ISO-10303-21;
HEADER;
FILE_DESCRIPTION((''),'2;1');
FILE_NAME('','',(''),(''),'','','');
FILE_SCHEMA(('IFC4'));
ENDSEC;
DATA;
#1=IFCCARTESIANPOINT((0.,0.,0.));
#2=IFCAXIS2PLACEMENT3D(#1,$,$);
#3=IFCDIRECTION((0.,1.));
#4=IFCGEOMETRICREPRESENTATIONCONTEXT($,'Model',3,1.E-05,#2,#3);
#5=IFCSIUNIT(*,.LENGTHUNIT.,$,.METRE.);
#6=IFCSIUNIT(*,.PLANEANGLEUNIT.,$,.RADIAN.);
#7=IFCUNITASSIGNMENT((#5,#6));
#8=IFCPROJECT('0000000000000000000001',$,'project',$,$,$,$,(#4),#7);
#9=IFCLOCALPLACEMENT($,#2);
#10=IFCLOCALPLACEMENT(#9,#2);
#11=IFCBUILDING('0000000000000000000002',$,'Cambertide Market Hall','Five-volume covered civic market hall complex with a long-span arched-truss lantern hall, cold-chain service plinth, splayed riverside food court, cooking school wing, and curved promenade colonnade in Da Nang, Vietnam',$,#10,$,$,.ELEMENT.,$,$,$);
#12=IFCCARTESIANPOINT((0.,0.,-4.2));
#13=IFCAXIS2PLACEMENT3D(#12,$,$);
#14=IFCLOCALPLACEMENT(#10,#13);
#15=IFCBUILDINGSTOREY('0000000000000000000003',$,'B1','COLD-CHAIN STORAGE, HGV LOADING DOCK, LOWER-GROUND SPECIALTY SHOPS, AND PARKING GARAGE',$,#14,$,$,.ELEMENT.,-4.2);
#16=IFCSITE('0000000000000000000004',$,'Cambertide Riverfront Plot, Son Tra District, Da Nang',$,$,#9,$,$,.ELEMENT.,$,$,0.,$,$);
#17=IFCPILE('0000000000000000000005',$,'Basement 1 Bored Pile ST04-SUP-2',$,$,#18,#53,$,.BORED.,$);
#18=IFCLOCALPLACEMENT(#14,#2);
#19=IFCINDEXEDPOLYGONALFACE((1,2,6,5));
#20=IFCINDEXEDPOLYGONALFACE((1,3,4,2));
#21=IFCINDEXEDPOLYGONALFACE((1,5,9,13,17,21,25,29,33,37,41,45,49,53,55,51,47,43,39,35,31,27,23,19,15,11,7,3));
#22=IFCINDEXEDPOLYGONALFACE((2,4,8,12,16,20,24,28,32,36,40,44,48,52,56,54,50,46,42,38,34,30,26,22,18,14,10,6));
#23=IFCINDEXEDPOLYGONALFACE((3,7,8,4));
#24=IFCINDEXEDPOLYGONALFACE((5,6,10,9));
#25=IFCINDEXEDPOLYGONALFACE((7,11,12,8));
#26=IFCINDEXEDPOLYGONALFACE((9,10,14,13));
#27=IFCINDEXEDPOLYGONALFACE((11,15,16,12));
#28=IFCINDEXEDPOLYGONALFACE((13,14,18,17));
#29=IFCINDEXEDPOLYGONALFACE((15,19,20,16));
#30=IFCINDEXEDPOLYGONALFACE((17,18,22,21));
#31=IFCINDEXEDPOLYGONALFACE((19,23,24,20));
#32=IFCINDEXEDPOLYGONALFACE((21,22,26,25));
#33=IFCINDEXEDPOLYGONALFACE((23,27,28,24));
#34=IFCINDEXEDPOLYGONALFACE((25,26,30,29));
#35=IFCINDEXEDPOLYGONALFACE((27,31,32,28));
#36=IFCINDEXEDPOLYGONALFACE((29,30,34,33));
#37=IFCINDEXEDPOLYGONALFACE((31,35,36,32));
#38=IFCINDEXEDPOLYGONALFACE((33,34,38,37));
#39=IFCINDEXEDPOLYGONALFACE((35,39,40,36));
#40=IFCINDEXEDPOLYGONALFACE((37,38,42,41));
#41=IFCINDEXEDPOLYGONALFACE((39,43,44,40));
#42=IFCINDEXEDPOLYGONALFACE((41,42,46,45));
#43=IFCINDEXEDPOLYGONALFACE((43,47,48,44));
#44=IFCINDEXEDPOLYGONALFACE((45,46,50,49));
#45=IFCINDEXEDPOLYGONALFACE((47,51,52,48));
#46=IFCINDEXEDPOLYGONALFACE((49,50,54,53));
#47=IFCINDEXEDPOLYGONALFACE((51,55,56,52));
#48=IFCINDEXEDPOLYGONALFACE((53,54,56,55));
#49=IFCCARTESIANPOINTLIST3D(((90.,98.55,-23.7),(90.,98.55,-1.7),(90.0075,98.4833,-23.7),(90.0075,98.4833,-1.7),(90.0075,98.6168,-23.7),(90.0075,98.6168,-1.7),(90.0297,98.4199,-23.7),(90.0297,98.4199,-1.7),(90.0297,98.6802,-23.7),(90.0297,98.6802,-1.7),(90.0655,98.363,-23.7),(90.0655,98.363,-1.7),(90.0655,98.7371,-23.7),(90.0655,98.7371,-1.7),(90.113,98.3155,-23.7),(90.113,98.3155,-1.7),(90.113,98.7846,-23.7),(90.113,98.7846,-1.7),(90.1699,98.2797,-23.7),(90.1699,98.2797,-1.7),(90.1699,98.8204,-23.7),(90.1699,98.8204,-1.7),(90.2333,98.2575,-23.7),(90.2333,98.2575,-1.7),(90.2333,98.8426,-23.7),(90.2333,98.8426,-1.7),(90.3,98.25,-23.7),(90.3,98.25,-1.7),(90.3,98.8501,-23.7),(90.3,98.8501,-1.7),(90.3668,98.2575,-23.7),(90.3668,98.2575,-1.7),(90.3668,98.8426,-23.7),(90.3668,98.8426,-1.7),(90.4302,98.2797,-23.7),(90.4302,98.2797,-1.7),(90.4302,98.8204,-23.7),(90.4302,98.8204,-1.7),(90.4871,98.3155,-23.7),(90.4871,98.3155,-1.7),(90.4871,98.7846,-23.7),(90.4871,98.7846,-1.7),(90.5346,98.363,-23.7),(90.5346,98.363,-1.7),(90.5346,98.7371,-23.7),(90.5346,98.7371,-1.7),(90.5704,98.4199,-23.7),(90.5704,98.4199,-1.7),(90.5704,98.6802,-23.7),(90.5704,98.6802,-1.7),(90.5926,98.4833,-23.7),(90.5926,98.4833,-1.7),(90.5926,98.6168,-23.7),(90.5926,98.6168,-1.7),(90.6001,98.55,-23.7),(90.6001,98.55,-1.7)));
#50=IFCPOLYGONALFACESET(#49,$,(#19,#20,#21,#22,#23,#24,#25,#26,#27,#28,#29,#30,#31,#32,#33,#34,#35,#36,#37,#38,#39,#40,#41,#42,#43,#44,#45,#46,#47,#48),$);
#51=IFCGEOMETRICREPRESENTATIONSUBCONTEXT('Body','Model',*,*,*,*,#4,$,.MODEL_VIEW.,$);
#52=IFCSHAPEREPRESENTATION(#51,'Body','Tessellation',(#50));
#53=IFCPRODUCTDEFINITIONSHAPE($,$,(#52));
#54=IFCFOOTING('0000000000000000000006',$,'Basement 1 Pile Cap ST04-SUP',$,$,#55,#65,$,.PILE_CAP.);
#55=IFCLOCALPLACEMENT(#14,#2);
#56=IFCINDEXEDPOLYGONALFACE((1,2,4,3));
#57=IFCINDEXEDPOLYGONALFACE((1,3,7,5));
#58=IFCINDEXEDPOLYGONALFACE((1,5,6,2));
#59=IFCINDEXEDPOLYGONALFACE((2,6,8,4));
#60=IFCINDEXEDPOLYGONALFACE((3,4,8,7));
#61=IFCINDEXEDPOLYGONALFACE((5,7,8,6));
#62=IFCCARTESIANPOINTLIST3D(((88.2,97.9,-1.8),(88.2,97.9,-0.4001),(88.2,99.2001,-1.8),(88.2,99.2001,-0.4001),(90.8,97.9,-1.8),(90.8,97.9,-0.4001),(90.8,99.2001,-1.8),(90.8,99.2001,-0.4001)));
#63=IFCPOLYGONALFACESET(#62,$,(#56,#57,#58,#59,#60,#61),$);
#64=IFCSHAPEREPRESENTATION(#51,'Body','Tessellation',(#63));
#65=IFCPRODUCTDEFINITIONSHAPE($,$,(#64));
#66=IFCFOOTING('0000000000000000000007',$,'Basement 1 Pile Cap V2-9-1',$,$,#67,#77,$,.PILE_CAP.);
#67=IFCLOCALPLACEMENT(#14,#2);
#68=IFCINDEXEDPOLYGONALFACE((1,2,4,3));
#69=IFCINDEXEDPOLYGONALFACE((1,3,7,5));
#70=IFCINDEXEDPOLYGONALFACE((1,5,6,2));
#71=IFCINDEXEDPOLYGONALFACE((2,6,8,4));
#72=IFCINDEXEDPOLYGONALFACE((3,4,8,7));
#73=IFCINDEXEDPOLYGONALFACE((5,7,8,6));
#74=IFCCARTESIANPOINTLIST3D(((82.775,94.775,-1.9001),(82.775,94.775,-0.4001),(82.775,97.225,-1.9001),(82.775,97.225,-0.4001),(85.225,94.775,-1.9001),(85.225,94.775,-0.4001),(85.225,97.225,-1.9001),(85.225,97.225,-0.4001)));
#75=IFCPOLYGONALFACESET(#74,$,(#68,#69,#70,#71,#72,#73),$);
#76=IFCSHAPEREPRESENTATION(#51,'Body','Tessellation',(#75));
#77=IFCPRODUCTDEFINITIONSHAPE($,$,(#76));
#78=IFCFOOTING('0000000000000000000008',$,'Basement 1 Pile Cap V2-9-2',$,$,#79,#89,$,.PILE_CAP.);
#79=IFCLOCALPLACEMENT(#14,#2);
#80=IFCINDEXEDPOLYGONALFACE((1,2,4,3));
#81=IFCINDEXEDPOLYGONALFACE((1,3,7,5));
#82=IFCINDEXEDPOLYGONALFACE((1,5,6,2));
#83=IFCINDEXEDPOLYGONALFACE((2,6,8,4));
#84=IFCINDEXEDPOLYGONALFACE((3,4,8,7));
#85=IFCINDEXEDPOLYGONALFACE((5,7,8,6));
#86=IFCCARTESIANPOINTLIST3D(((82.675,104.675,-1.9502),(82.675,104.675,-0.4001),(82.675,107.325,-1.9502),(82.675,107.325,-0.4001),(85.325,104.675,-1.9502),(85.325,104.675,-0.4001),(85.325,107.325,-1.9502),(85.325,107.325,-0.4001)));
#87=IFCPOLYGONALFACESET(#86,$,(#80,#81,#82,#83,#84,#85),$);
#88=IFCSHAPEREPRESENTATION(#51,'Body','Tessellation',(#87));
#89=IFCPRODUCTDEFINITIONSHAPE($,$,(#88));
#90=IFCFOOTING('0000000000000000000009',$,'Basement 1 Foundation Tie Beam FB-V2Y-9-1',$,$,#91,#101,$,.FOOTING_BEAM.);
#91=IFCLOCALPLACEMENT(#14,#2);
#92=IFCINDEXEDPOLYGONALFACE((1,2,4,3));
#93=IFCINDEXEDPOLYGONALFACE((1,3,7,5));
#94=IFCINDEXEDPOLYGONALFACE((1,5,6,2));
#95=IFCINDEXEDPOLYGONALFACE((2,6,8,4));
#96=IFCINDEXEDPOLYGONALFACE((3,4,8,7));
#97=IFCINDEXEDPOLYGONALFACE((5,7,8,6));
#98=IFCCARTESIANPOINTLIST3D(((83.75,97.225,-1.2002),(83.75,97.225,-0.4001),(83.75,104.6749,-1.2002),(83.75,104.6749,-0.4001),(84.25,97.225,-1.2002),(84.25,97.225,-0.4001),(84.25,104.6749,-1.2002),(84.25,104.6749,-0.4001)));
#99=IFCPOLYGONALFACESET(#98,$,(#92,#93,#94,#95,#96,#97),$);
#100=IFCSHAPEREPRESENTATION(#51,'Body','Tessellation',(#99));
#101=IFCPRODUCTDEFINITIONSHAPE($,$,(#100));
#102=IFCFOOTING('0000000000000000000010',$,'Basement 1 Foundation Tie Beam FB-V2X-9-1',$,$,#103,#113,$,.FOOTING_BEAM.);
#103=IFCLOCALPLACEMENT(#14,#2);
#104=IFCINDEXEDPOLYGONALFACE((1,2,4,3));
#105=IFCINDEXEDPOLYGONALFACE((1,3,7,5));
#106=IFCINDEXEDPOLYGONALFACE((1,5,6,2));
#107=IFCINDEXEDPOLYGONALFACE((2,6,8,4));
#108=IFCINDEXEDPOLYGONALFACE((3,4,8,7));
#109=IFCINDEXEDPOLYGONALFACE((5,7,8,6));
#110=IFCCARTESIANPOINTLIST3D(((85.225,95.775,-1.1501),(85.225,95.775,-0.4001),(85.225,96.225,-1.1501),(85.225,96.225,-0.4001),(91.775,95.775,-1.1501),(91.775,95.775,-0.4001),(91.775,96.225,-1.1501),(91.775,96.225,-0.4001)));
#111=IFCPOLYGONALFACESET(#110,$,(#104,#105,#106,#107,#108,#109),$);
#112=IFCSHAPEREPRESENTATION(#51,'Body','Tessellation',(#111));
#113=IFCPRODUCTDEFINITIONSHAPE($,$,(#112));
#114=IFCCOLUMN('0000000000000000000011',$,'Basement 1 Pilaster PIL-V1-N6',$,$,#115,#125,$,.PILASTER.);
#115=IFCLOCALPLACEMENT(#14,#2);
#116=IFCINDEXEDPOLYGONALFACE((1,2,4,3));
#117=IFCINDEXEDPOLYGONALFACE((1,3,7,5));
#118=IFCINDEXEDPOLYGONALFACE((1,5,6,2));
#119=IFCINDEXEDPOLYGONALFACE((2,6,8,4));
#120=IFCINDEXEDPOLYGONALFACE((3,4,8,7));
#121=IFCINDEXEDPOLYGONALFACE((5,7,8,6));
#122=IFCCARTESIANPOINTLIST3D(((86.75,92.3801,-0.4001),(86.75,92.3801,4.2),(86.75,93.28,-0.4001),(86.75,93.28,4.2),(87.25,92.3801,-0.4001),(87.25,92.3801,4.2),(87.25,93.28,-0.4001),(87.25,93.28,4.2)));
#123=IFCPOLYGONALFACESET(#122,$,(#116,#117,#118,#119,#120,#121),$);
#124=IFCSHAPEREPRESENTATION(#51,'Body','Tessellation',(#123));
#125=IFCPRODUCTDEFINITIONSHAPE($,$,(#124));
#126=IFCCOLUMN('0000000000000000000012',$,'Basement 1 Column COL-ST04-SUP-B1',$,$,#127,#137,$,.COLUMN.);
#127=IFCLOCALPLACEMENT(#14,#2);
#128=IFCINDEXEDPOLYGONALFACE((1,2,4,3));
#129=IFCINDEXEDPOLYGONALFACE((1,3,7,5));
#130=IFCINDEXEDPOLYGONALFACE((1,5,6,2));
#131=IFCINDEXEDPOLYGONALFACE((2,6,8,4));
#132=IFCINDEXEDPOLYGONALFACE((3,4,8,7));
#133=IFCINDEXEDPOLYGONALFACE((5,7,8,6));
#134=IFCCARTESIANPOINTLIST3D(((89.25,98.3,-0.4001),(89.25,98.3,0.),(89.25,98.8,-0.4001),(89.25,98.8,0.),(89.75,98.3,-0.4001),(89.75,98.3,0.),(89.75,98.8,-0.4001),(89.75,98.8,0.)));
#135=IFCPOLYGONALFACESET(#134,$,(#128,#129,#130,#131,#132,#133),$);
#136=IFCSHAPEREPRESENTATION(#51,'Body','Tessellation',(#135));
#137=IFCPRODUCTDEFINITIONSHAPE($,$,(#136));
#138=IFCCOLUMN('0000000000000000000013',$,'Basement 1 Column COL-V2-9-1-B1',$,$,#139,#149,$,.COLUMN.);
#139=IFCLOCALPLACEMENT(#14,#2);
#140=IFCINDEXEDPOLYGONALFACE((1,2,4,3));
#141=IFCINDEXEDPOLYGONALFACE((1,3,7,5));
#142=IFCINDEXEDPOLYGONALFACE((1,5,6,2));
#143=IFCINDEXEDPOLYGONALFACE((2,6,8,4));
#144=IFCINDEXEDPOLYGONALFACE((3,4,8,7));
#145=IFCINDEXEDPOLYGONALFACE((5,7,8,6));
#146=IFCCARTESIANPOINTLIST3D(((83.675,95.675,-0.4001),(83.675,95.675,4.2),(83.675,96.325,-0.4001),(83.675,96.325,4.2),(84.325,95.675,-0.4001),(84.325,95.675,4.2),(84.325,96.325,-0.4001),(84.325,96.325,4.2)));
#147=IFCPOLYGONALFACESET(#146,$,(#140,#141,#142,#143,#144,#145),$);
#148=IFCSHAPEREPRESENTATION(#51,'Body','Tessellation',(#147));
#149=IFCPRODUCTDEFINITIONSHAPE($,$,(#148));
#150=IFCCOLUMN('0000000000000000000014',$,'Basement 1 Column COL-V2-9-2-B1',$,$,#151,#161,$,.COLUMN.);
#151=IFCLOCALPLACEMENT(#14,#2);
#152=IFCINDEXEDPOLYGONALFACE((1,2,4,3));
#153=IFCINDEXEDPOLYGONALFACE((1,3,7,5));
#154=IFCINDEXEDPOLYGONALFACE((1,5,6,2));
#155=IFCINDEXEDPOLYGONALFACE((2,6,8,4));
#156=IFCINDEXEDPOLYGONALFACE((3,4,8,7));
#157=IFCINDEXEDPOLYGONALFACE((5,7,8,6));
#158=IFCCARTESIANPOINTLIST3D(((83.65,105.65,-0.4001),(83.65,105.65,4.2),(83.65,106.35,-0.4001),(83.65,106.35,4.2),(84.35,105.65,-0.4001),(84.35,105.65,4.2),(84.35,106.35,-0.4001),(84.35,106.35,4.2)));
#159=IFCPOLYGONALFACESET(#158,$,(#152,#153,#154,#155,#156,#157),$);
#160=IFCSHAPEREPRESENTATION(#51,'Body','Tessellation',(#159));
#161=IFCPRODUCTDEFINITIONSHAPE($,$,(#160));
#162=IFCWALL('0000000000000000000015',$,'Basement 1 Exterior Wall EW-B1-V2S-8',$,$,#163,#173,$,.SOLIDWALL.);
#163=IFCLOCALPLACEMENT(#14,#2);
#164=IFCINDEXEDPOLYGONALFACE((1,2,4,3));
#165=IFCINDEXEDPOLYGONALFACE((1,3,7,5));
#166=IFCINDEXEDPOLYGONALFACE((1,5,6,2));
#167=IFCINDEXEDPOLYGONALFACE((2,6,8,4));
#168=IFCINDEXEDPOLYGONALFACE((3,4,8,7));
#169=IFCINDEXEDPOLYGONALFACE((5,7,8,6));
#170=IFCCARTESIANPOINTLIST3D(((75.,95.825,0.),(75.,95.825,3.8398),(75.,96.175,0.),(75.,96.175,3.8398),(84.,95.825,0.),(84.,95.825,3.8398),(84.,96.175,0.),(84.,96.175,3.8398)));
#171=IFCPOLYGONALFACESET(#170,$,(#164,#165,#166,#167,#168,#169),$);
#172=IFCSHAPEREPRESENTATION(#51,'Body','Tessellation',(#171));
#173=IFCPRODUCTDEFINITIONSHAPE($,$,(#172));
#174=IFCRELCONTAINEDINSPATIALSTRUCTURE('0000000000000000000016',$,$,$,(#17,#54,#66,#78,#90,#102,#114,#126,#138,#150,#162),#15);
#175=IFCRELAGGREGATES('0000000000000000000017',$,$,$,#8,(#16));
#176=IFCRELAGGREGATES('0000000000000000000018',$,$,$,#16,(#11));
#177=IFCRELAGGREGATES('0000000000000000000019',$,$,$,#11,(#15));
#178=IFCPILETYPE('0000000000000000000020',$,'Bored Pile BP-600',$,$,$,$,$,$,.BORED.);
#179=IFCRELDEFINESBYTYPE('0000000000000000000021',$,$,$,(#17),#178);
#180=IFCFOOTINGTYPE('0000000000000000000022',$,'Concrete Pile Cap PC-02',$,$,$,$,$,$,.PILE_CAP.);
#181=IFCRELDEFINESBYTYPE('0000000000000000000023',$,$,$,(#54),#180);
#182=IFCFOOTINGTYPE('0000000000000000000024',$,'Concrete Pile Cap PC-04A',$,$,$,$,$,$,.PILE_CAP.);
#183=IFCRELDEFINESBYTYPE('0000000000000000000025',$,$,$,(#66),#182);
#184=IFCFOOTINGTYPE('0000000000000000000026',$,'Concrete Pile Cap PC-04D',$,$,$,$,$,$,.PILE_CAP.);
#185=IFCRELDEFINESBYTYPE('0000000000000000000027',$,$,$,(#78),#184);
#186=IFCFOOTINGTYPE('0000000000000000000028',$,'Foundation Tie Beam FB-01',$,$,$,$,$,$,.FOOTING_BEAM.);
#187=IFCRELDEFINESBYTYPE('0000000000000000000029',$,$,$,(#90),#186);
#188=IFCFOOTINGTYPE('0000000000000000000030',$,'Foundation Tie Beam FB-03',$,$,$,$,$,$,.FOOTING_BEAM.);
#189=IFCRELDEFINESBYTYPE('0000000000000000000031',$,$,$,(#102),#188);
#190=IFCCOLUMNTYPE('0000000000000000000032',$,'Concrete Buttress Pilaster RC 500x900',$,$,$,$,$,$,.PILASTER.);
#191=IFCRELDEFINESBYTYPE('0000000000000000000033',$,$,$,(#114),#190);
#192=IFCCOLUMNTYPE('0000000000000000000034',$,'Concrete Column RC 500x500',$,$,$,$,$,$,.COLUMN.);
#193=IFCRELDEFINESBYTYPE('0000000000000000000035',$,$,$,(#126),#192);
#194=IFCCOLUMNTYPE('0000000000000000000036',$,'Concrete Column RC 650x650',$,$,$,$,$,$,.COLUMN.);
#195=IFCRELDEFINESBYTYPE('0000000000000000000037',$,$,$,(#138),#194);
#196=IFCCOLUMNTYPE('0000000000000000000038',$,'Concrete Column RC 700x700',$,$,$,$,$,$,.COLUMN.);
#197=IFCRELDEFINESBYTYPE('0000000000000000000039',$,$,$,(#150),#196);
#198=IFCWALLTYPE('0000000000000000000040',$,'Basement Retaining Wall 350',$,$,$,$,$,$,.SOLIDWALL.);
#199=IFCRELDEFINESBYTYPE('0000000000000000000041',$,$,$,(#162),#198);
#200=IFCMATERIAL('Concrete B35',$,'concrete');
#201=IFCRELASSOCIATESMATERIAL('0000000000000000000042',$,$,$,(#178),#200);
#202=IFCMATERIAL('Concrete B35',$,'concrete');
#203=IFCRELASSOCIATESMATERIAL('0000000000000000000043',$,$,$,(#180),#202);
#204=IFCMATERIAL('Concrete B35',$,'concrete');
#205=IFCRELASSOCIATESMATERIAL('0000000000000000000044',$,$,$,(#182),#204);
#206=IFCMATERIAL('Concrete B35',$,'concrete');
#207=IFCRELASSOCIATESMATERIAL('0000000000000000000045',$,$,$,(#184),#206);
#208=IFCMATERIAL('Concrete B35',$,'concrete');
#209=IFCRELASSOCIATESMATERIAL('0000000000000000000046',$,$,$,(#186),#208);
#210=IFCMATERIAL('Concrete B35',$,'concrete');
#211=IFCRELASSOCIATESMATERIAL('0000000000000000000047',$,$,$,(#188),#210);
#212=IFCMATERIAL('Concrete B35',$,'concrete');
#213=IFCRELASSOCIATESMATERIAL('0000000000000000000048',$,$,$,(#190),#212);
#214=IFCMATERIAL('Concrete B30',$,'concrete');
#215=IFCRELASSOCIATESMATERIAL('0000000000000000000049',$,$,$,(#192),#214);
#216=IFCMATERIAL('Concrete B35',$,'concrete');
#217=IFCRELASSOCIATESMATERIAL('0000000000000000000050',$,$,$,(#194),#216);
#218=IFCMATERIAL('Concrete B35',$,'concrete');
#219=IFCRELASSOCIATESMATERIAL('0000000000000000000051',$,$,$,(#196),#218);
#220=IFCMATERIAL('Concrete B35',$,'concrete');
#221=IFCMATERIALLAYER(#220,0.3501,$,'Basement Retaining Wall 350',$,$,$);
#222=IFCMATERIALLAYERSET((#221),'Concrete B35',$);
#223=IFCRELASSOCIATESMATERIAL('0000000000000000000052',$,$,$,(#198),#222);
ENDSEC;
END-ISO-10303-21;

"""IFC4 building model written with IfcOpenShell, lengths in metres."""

from ifc_helpers import new_model, si_unit, direction, frame, frame_2d, origin, origin_2d, place, context, subcontext, project, spatial, rectangle, circle, extrude, material, layer, layer_set, material_profile, profile_set, type_object, element, save


model = new_model("IFC4")

# Units and contexts
model_context = context("Model", 3, precision=1e-05, world=origin(), true_north=direction((0.0, 1.0)))
body_context = subcontext(model_context, "Body", "Model", "MODEL_VIEW")
ifc_project = project(units=[si_unit("LENGTHUNIT", "METRE"), si_unit("PLANEANGLEUNIT", "RADIAN")], contexts=[model_context])

# Site, building, storey
site_placement = place(None, origin())
site = spatial("IfcSite", under=ifc_project, at=site_placement, Name="Cambertide Riverfront Plot, Son Tra District, Da Nang", CompositionType="ELEMENT", RefElevation=0.0)
building_placement = place(site_placement, origin())
building = spatial("IfcBuilding", under=site, at=building_placement, Name="Cambertide Market Hall", Description="Five-volume covered civic market hall complex with a long-span arched-truss lantern hall, cold-chain service plinth, splayed riverside food court, cooking school wing, and curved promenade colonnade in Da Nang, Vietnam", CompositionType="ELEMENT")
storey_placement = place(building_placement, frame((0.0, 0.0, -4.2)))
storey = spatial("IfcBuildingStorey", under=building, at=storey_placement, Name="B1", Description="COLD-CHAIN STORAGE, HGV LOADING DOCK, LOWER-GROUND SPECIALTY SHOPS, AND PARKING GARAGE", CompositionType="ELEMENT", Elevation=-4.2)

# Pile
ifc_material_1 = material(Name="Concrete B35", Category="concrete")
ifc_material_profile_1 = material_profile(ifc_material_1, circle(Radius=0.3, at=origin_2d()), Name="BP D600")
ifc_profile_set_1 = profile_set([ifc_material_profile_1], Name="Concrete B35")
pile_type = type_object("IfcPileType", Name="Bored Pile BP-600", PredefinedType="BORED", material=ifc_profile_set_1)
for number, where, z_axis, x_axis, name in (
    (1, (90.3, 98.55, -1.7), (0.0, 0.0, -1.0), (1.0, 0.0, 0.0), "Basement 1 Bored Pile ST04-SUP-2"),
):
    element("IfcPile", number, at=place(storey_placement, frame(where, z_axis=z_axis, x_axis=x_axis)), inside=storey, type_object=pile_type, Name=name, PredefinedType="BORED", context=body_context, shape_type="SweptSolid", body=[
        extrude(circle(Radius=0.3, at=origin_2d()), origin(), (0.0, 0.0, 1.0), 22.0),
    ])

# Footings
ifc_material_2 = material(Name="Concrete B35", Category="concrete")
footing_type_1 = type_object("IfcFootingType", Name="Concrete Pile Cap PC-02", PredefinedType="PILE_CAP", material=ifc_material_2)
footing_1_placement = place(storey_placement, frame((89.5, 98.55, -1.8), z_axis=(0.0, 0.0, 1.0), x_axis=(1.0, 0.0, 0.0)))
element("IfcFooting", 2, at=footing_1_placement, inside=storey, type_object=footing_type_1, Name="Basement 1 Pile Cap ST04-SUP", PredefinedType="PILE_CAP", context=body_context, shape_type="SweptSolid", body=[
    extrude(rectangle(XDim=2.6001, YDim=1.3, at=origin_2d()), origin(), (0.0, 0.0, 1.0), 1.3999),
])
ifc_material_3 = material(Name="Concrete B35", Category="concrete")
footing_type_2 = type_object("IfcFootingType", Name="Concrete Pile Cap PC-04A", PredefinedType="PILE_CAP", material=ifc_material_3)
footing_2_placement = place(storey_placement, frame((84.0, 96.0, -1.9001), z_axis=(0.0, 0.0, 1.0), x_axis=(1.0, 0.0, 0.0)))
element("IfcFooting", 3, at=footing_2_placement, inside=storey, type_object=footing_type_2, Name="Basement 1 Pile Cap V2-9-1", PredefinedType="PILE_CAP", context=body_context, shape_type="SweptSolid", body=[
    extrude(rectangle(XDim=2.45, YDim=2.45, at=origin_2d()), origin(), (0.0, 0.0, 1.0), 1.5),
])
ifc_material_4 = material(Name="Concrete B35", Category="concrete")
footing_type_3 = type_object("IfcFootingType", Name="Concrete Pile Cap PC-04D", PredefinedType="PILE_CAP", material=ifc_material_4)
footing_3_placement = place(storey_placement, frame((84.0, 106.0, -1.9502), z_axis=(0.0, 0.0, 1.0), x_axis=(1.0, 0.0, 0.0)))
element("IfcFooting", 4, at=footing_3_placement, inside=storey, type_object=footing_type_3, Name="Basement 1 Pile Cap V2-9-2", PredefinedType="PILE_CAP", context=body_context, shape_type="SweptSolid", body=[
    extrude(rectangle(XDim=2.6499, YDim=2.6499, at=origin_2d()), origin(), (0.0, 0.0, 1.0), 1.55),
])
ifc_material_5 = material(Name="Concrete B35", Category="concrete")
footing_type_4 = type_object("IfcFootingType", Name="Foundation Tie Beam FB-01", PredefinedType="FOOTING_BEAM", material=ifc_material_5)
footing_4_placement = place(storey_placement, frame((84.0, 100.95, -1.2002), z_axis=(0.0, 0.0, 1.0), x_axis=(0.0, 1.0, 0.0)))
element("IfcFooting", 5, at=footing_4_placement, inside=storey, type_object=footing_type_4, Name="Basement 1 Foundation Tie Beam FB-V2Y-9-1", PredefinedType="FOOTING_BEAM", context=body_context, shape_type="SweptSolid", body=[
    extrude(rectangle(XDim=7.45, YDim=0.5, at=origin_2d()), origin(), (0.0, 0.0, 1.0), 0.8),
])
ifc_material_6 = material(Name="Concrete B35", Category="concrete")
footing_type_5 = type_object("IfcFootingType", Name="Foundation Tie Beam FB-03", PredefinedType="FOOTING_BEAM", material=ifc_material_6)
footing_5_placement = place(storey_placement, frame((88.5, 96.0, -1.1501), z_axis=(0.0, 0.0, 1.0), x_axis=(1.0, 0.0, 0.0)))
element("IfcFooting", 6, at=footing_5_placement, inside=storey, type_object=footing_type_5, Name="Basement 1 Foundation Tie Beam FB-V2X-9-1", PredefinedType="FOOTING_BEAM", context=body_context, shape_type="SweptSolid", body=[
    extrude(rectangle(XDim=6.55, YDim=0.45, at=origin_2d()), origin(), (0.0, 0.0, 1.0), 0.75),
])

# Columns
ifc_material_7 = material(Name="Concrete B35", Category="concrete")
ifc_material_profile_2 = material_profile(ifc_material_7, rectangle(XDim=0.5, YDim=0.8999, at=origin_2d()), Name="RC 500x900")
ifc_profile_set_2 = profile_set([ifc_material_profile_2], Name="Concrete B35")
column_type_1 = type_object("IfcColumnType", Name="Concrete Buttress Pilaster RC 500x900", PredefinedType="PILASTER", material=ifc_profile_set_2)
column_1_placement = place(storey_placement, frame((87.0, 92.8301, -0.4001), z_axis=(0.0, 0.0, 1.0), x_axis=(1.0, 0.0, 0.0)))
element("IfcColumn", 7, at=column_1_placement, inside=storey, type_object=column_type_1, Name="Basement 1 Pilaster PIL-V1-N6", PredefinedType="PILASTER", context=body_context, shape_type="SweptSolid", body=[
    extrude(rectangle(XDim=0.5, YDim=0.8999, at=origin_2d()), origin(), (0.0, 0.0, 1.0), 4.6001),
])
ifc_material_8 = material(Name="Concrete B30", Category="concrete")
ifc_material_profile_3 = material_profile(ifc_material_8, rectangle(XDim=0.5, YDim=0.5, at=origin_2d()), Name="RC 500x500")
ifc_profile_set_3 = profile_set([ifc_material_profile_3], Name="Concrete B30")
column_type_2 = type_object("IfcColumnType", Name="Concrete Column RC 500x500", PredefinedType="COLUMN", material=ifc_profile_set_3)
column_2_placement = place(storey_placement, frame((89.5, 98.55, -0.4001), z_axis=(0.0, 0.0, 1.0), x_axis=(1.0, 0.0, 0.0)))
element("IfcColumn", 8, at=column_2_placement, inside=storey, type_object=column_type_2, Name="Basement 1 Column COL-ST04-SUP-B1", PredefinedType="COLUMN", context=body_context, shape_type="SweptSolid", body=[
    extrude(rectangle(XDim=0.5, YDim=0.5, at=origin_2d()), origin(), (0.0, 0.0, 1.0), 0.4001),
])
ifc_material_9 = material(Name="Concrete B35", Category="concrete")
ifc_material_profile_4 = material_profile(ifc_material_9, rectangle(XDim=0.6499, YDim=0.6499, at=origin_2d()), Name="RC 650x650")
ifc_profile_set_4 = profile_set([ifc_material_profile_4], Name="Concrete B35")
column_type_3 = type_object("IfcColumnType", Name="Concrete Column RC 650x650", PredefinedType="COLUMN", material=ifc_profile_set_4)
column_3_placement = place(storey_placement, frame((84.0, 96.0, -0.4001), z_axis=(0.0, 0.0, 1.0), x_axis=(1.0, 0.0, 0.0)))
element("IfcColumn", 9, at=column_3_placement, inside=storey, type_object=column_type_3, Name="Basement 1 Column COL-V2-9-1-B1", PredefinedType="COLUMN", context=body_context, shape_type="SweptSolid", body=[
    extrude(rectangle(XDim=0.6499, YDim=0.6499, at=origin_2d()), origin(), (0.0, 0.0, 1.0), 4.6001),
])
ifc_material_10 = material(Name="Concrete B35", Category="concrete")
ifc_material_profile_5 = material_profile(ifc_material_10, rectangle(XDim=0.7, YDim=0.7, at=origin_2d()), Name="RC 700x700")
ifc_profile_set_5 = profile_set([ifc_material_profile_5], Name="Concrete B35")
column_type_4 = type_object("IfcColumnType", Name="Concrete Column RC 700x700", PredefinedType="COLUMN", material=ifc_profile_set_5)
column_4_placement = place(storey_placement, frame((84.0, 106.0, -0.4001), z_axis=(0.0, 0.0, 1.0), x_axis=(1.0, 0.0, 0.0)))
element("IfcColumn", 10, at=column_4_placement, inside=storey, type_object=column_type_4, Name="Basement 1 Column COL-V2-9-2-B1", PredefinedType="COLUMN", context=body_context, shape_type="SweptSolid", body=[
    extrude(rectangle(XDim=0.7, YDim=0.7, at=origin_2d()), origin(), (0.0, 0.0, 1.0), 4.6001),
])

# Wall
ifc_material_11 = material(Name="Concrete B35", Category="concrete")
ifc_layer_1 = layer(ifc_material_11, 0.3501, Name="Basement Retaining Wall 350")
ifc_layer_set_1 = layer_set([ifc_layer_1], Name="Concrete B35")
wall_type_1 = type_object("IfcWallType", Name="Basement Retaining Wall 350", PredefinedType="SOLIDWALL", material=ifc_layer_set_1)
wall_1_placement = place(storey_placement, frame((84.0, 96.0, 0.0), z_axis=(0.0, 0.0, 1.0), x_axis=(-1.0, 0.0, 0.0)))
element("IfcWall", 11, at=wall_1_placement, inside=storey, type_object=wall_type_1, Name="Basement 1 Exterior Wall EW-B1-V2S-8", PredefinedType="SOLIDWALL", context=body_context, shape_type="SweptSolid", body=[
    extrude(rectangle(XDim=9.0, YDim=0.3501, at=frame_2d((4.5, 0.0))), origin(), (0.0, 0.0, 1.0), 3.8398),
])

save(model, "model.ifc")
